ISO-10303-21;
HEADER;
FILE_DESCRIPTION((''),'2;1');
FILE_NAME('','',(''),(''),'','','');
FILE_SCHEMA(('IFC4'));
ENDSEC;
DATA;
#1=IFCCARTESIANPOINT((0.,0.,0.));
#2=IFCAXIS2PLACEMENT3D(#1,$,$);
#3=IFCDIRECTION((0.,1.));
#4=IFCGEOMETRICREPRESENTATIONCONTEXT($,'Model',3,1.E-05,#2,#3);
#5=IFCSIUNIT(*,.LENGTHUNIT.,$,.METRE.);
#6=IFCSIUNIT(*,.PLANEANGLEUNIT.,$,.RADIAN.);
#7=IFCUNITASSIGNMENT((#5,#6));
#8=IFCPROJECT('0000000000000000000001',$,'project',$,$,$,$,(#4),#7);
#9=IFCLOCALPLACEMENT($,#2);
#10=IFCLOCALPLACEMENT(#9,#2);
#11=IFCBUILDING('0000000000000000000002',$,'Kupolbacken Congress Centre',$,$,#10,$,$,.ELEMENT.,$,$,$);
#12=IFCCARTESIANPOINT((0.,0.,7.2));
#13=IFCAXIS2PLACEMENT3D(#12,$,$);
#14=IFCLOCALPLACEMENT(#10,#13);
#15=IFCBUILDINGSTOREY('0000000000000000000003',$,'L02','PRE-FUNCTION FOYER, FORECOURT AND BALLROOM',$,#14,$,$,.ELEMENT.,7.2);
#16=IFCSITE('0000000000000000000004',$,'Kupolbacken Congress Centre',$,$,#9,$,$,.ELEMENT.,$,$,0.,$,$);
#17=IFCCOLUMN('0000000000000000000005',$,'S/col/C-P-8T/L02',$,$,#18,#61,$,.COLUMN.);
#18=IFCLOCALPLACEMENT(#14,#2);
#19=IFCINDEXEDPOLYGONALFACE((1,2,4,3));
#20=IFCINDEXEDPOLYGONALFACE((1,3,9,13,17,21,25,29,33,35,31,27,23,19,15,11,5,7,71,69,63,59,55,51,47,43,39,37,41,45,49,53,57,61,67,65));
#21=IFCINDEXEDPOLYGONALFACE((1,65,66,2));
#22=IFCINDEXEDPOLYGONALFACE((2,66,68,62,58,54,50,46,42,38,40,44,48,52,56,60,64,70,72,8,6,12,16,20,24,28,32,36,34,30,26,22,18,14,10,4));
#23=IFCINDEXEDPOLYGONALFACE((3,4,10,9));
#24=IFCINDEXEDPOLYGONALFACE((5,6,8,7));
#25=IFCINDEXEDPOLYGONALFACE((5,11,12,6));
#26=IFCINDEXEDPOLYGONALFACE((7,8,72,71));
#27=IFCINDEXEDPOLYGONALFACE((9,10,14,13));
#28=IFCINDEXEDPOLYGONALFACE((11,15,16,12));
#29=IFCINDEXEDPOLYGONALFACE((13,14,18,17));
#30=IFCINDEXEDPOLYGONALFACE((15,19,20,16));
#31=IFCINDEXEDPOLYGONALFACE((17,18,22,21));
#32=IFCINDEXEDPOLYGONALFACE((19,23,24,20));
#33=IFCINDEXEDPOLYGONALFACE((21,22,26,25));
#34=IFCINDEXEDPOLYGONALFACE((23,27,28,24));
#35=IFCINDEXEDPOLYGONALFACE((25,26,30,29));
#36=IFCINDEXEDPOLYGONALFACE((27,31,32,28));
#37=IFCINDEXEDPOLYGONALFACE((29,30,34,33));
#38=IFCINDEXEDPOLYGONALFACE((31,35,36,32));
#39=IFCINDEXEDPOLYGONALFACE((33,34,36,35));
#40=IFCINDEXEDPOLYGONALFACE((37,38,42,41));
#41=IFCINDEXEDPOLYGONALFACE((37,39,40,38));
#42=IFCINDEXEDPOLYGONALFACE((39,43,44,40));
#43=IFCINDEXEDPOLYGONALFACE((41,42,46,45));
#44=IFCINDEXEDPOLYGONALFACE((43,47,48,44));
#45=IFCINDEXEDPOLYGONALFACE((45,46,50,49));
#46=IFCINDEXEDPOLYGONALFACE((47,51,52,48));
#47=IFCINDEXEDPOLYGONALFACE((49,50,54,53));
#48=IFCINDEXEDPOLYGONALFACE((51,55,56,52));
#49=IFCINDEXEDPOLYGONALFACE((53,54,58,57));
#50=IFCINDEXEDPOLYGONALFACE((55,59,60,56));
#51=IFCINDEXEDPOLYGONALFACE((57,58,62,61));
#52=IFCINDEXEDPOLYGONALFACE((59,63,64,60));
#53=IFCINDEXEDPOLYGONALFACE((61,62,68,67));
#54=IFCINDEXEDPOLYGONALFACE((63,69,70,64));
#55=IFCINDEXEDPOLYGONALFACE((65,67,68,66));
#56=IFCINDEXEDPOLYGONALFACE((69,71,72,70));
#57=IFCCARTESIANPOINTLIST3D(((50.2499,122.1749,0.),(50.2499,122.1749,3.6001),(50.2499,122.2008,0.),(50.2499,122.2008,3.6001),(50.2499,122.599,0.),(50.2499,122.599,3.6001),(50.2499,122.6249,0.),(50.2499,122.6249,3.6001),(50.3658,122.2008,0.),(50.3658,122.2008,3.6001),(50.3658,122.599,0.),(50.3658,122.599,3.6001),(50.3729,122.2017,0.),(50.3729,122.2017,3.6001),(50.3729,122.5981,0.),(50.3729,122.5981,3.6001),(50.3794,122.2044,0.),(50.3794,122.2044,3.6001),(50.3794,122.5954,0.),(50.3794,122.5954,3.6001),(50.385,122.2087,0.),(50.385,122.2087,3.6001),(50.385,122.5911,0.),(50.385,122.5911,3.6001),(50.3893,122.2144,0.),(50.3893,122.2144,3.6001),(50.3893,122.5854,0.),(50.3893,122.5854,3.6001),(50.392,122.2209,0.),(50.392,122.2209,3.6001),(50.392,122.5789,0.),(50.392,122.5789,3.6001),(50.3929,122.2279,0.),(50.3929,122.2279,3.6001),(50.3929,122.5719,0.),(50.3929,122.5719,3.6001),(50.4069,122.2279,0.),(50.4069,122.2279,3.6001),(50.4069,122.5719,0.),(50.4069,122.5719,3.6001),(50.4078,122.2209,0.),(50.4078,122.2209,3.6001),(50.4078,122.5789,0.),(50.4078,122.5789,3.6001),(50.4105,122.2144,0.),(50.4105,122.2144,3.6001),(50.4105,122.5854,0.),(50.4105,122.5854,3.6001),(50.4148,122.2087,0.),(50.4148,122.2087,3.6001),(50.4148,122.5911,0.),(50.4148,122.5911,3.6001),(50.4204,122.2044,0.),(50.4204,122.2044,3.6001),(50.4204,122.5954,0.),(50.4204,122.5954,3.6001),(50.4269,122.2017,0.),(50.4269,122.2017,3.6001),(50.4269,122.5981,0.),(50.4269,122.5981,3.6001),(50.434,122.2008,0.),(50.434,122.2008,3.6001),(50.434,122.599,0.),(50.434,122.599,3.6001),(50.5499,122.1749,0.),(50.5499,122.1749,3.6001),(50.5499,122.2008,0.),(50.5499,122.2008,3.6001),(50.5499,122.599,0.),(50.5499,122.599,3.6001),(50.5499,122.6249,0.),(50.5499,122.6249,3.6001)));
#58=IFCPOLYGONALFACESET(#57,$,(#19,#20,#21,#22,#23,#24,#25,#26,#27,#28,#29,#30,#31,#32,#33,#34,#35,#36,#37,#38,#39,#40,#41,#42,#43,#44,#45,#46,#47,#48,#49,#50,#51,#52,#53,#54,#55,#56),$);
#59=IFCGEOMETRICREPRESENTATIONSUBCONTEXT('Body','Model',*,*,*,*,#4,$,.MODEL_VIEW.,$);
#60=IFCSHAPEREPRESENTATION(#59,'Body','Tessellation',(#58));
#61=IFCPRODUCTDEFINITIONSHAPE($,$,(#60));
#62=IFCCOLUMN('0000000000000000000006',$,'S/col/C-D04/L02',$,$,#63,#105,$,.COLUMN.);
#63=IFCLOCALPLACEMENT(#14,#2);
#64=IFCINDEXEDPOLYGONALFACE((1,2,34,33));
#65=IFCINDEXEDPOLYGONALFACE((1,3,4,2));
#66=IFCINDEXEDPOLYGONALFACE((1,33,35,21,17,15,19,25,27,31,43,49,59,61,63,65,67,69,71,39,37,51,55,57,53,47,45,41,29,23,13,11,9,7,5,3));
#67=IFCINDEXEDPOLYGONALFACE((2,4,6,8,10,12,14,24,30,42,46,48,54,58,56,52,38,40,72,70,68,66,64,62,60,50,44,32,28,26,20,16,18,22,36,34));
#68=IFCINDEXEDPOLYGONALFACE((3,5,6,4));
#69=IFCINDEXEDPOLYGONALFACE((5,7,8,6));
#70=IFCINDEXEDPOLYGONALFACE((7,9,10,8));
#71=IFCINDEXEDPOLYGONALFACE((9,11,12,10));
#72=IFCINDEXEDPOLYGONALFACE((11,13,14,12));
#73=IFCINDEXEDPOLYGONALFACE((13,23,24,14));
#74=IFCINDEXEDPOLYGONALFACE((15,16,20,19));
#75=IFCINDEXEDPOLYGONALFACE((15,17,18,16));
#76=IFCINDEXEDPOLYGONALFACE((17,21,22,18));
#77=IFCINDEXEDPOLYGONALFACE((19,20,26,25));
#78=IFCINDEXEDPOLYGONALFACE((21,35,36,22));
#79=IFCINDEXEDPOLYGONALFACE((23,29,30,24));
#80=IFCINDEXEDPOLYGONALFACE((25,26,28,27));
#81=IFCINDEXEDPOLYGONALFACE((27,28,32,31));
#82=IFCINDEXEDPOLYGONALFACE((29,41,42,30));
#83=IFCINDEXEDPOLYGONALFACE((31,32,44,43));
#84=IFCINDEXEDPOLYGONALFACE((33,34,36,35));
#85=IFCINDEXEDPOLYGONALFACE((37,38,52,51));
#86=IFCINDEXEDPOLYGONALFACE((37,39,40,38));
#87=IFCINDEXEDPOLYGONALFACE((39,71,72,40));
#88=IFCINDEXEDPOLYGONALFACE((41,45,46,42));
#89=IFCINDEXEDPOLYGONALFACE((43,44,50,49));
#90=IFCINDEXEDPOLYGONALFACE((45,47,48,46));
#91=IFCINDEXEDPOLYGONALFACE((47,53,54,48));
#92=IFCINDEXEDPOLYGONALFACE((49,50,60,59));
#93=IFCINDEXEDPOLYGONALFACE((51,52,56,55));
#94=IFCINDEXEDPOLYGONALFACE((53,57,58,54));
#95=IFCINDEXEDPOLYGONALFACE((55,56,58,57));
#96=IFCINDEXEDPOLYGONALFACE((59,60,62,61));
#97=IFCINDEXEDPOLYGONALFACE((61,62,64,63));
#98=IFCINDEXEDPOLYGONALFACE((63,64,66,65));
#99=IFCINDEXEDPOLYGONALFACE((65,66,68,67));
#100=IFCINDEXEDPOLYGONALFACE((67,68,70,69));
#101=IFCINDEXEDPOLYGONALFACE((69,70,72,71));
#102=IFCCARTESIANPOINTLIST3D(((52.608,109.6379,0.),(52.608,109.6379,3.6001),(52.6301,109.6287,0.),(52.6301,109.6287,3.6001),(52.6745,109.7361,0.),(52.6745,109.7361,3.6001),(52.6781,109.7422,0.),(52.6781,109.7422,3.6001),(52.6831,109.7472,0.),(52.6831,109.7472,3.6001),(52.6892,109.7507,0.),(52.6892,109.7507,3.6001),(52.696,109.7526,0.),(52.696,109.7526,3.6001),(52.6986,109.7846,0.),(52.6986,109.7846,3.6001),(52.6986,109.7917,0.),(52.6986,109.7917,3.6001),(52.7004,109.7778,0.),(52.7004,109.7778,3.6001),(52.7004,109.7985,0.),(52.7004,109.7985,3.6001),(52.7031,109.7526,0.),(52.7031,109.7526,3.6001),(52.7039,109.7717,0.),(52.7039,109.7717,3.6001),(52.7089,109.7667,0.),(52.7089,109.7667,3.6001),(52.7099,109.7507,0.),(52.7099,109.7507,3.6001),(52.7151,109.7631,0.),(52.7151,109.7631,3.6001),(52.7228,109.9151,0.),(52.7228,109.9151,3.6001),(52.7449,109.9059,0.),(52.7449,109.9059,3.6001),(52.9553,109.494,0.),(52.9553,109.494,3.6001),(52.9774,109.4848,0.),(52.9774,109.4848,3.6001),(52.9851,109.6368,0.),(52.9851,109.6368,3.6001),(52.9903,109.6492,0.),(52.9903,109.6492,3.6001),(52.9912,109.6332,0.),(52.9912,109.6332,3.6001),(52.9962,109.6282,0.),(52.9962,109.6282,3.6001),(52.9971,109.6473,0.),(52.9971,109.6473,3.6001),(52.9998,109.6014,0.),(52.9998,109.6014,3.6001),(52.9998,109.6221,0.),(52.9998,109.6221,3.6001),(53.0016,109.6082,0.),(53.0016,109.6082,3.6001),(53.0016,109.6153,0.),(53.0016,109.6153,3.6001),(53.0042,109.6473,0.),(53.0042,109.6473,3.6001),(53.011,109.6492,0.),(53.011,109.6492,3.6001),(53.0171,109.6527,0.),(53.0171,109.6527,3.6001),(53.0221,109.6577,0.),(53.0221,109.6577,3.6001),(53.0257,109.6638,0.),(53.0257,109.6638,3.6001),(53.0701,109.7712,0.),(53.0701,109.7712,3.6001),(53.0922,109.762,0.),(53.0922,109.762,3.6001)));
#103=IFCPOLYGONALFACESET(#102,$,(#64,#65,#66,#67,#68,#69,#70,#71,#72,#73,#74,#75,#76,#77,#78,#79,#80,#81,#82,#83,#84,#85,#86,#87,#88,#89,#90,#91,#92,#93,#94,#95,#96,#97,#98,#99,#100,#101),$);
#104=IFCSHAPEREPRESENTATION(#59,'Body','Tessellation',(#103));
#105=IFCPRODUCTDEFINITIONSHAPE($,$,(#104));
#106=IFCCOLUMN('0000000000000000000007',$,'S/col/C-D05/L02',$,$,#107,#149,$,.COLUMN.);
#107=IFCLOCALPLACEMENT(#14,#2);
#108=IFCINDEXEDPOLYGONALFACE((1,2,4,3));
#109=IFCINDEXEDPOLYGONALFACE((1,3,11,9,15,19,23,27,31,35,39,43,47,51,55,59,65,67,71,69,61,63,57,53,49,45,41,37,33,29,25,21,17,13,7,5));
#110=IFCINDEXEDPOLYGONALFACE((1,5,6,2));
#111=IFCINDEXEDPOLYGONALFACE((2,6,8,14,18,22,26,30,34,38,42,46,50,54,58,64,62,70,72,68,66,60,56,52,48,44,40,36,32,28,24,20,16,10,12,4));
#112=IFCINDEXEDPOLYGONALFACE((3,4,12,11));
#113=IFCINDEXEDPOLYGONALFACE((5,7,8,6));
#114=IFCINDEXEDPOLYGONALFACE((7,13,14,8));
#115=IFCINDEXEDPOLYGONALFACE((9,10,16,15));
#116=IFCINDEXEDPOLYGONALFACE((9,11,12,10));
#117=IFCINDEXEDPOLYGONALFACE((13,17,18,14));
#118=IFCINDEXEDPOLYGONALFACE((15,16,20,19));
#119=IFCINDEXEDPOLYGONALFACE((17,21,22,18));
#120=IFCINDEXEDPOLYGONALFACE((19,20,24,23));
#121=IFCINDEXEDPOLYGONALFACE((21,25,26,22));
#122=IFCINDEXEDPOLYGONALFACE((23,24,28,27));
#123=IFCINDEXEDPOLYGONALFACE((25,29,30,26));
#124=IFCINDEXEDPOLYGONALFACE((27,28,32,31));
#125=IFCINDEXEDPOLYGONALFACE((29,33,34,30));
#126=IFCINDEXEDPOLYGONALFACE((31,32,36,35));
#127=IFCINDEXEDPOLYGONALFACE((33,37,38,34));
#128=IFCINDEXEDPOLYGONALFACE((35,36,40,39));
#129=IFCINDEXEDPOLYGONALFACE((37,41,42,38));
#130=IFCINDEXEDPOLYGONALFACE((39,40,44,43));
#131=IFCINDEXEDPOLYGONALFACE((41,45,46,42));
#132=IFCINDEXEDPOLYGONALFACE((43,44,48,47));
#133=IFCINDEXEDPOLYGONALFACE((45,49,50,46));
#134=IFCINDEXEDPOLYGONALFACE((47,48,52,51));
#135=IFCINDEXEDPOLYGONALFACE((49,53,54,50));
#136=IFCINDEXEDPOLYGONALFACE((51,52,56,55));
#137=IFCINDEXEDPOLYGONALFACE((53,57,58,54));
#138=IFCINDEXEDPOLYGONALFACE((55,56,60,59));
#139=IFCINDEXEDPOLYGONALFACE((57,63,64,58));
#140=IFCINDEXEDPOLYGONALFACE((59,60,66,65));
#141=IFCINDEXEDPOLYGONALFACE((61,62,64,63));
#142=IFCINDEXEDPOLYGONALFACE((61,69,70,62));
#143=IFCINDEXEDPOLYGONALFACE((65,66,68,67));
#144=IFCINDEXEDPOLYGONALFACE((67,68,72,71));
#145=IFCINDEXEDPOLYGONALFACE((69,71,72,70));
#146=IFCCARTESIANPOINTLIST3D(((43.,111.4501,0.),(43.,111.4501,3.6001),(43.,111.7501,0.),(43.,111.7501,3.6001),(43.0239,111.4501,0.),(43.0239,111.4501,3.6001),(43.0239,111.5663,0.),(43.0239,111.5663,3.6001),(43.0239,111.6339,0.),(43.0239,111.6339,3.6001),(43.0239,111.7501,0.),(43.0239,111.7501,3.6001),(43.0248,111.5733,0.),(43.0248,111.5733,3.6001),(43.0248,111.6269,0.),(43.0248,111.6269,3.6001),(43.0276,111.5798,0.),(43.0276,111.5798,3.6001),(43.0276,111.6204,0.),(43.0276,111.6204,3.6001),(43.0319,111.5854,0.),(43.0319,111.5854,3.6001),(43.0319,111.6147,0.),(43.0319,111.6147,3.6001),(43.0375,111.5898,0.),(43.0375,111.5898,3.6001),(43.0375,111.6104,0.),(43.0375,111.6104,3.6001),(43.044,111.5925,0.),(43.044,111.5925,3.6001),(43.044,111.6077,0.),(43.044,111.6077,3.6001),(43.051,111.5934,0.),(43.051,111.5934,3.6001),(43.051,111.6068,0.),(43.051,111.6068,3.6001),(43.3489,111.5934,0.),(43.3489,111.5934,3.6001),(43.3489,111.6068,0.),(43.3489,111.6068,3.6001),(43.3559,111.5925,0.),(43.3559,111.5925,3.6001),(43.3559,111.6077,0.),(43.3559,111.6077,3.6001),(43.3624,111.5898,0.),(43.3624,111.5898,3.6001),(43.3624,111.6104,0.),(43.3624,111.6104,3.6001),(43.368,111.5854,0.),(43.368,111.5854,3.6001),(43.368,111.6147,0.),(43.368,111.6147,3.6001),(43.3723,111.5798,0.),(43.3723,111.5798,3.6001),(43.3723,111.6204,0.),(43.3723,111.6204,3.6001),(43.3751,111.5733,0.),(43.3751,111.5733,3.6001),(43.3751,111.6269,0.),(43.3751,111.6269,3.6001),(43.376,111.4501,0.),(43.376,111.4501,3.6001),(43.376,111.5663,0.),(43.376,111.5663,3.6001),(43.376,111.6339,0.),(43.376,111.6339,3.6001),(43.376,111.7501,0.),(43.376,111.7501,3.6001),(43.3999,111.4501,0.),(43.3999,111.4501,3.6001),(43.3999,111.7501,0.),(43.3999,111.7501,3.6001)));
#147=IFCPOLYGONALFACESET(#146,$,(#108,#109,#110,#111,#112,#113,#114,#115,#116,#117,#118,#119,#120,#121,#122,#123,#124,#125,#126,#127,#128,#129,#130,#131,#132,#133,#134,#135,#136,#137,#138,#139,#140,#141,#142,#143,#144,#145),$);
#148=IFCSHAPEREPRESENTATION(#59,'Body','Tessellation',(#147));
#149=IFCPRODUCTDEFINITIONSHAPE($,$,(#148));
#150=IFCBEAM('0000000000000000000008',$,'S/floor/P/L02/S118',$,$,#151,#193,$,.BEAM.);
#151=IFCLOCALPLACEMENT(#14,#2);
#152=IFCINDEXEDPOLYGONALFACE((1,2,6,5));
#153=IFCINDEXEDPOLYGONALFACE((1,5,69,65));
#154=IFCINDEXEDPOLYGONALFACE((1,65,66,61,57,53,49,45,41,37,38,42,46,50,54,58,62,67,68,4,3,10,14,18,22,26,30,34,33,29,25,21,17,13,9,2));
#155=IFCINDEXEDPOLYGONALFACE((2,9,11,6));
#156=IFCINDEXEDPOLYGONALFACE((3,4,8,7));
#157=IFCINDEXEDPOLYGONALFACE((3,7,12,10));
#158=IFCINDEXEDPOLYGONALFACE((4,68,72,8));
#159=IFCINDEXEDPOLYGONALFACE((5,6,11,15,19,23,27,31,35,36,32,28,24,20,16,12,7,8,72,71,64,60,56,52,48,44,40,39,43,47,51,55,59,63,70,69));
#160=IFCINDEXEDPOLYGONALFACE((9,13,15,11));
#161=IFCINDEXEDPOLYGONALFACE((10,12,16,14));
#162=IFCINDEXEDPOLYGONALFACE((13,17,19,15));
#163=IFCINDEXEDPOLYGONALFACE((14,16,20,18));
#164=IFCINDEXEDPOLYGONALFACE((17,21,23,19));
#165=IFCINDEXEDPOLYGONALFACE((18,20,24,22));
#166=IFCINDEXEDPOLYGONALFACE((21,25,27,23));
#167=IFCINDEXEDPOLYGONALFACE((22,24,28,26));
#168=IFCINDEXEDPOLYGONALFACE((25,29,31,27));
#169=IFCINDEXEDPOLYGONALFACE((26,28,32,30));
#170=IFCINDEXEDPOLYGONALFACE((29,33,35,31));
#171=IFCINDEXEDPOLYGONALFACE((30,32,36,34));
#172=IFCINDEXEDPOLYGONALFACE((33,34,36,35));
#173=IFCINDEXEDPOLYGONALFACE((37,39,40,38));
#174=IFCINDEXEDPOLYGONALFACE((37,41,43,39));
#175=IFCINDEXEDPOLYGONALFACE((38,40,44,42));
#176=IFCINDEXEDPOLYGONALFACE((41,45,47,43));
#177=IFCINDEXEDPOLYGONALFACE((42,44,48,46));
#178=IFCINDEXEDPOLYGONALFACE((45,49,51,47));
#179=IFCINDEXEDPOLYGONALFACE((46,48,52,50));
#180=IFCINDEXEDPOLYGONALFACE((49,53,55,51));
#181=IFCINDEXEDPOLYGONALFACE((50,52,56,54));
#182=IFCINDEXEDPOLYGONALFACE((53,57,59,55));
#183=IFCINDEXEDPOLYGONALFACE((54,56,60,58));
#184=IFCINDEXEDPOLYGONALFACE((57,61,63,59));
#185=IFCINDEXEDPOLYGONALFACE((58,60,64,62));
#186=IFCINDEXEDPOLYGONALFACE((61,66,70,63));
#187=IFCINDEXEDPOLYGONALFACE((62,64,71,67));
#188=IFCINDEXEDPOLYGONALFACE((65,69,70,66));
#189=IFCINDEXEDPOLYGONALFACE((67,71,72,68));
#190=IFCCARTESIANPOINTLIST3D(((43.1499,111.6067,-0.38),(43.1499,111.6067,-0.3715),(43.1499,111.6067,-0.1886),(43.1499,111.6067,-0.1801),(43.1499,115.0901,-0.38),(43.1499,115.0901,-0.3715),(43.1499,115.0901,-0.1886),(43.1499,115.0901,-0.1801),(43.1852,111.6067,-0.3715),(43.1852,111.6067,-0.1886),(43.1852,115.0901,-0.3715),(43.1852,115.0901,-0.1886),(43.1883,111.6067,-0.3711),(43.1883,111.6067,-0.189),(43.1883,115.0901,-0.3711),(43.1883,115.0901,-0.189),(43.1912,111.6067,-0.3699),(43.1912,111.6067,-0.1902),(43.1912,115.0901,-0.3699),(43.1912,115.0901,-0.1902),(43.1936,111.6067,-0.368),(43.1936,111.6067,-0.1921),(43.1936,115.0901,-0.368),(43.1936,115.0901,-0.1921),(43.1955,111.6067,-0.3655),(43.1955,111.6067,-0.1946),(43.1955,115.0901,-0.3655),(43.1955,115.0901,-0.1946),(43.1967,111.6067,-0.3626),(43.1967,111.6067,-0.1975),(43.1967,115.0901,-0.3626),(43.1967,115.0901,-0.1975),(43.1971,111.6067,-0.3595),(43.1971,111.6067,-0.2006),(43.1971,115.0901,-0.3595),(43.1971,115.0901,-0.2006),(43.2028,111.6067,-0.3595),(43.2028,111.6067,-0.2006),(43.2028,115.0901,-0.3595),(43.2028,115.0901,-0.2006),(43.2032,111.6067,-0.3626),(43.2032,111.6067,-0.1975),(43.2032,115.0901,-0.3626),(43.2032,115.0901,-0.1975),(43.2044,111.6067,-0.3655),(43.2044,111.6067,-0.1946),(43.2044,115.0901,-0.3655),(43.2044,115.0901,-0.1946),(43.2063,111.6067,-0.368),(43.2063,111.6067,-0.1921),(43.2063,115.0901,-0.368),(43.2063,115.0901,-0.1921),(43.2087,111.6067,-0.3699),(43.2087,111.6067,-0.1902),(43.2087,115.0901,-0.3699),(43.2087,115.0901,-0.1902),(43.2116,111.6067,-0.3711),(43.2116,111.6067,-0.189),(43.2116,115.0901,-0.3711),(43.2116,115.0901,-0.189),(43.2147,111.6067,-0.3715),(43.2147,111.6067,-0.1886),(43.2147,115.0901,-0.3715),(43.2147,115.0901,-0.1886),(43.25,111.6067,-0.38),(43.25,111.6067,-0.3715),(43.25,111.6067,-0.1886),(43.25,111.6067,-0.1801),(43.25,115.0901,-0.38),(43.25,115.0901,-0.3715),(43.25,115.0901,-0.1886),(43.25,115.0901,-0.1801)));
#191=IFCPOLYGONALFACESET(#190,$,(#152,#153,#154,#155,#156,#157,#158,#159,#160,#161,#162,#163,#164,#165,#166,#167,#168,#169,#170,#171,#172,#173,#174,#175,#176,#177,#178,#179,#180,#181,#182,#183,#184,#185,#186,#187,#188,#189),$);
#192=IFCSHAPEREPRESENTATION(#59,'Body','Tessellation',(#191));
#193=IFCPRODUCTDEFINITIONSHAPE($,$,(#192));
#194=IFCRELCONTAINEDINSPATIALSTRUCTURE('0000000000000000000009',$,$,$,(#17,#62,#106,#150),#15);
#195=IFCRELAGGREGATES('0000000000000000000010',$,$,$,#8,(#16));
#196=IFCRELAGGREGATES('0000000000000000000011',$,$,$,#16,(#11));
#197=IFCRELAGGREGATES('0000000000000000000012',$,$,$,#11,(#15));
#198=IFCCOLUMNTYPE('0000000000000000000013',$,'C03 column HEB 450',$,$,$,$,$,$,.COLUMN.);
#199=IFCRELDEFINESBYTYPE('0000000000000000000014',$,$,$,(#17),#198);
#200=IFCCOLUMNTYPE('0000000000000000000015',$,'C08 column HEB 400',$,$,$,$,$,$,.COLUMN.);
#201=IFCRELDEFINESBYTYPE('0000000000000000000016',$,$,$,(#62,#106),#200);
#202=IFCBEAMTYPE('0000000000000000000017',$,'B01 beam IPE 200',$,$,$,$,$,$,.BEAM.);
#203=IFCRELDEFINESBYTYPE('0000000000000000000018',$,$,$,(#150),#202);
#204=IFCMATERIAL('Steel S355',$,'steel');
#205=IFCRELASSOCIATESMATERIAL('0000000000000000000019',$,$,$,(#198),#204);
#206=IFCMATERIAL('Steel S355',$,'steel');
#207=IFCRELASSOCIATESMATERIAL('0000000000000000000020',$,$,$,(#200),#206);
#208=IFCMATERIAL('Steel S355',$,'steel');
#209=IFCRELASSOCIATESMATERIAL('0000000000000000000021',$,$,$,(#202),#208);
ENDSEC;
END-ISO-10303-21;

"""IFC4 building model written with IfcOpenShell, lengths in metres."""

from ifc_helpers import new_model, si_unit, direction, frame, origin, origin_2d, place, context, subcontext, project, spatial, i_section, extrude, material, material_profile, profile_set, type_object, element, save


model = new_model("IFC4")

# Units and contexts
model_context = context("Model", 3, precision=1e-05, world=origin(), true_north=direction((0.0, 1.0)))
body_context = subcontext(model_context, "Body", "Model", "MODEL_VIEW")
ifc_project = project(units=[si_unit("LENGTHUNIT", "METRE"), si_unit("PLANEANGLEUNIT", "RADIAN")], contexts=[model_context])

# Site, building, storey
site_placement = place(None, origin())
site = spatial("IfcSite", under=ifc_project, at=site_placement, Name="Kupolbacken Congress Centre", CompositionType="ELEMENT", RefElevation=0.0)
building_placement = place(site_placement, origin())
building = spatial("IfcBuilding", under=site, at=building_placement, Name="Kupolbacken Congress Centre", CompositionType="ELEMENT")
storey_placement = place(building_placement, frame((0.0, 0.0, 7.2)))
storey = spatial("IfcBuildingStorey", under=building, at=storey_placement, Name="L02", Description="PRE-FUNCTION FOYER, FORECOURT AND BALLROOM", CompositionType="ELEMENT", Elevation=7.2)

# Columns
ifc_material_1 = material(Name="Steel S355", Category="steel")
ifc_material_profile_1 = material_profile(ifc_material_1, i_section(OverallWidth=0.3, OverallDepth=0.45, WebThickness=0.0139, FlangeThickness=0.0259, FilletRadius=0.0271, at=origin_2d()), Name="HEB 450")
ifc_profile_set_1 = profile_set([ifc_material_profile_1], Name="Steel S355")
column_type_1 = type_object("IfcColumnType", Name="C03 column HEB 450", PredefinedType="COLUMN", material=ifc_profile_set_1)
column_placement = place(storey_placement, frame((50.3999, 122.3999, 0.0), z_axis=(0.0, 0.0, 1.0), x_axis=(1.0, 0.0, 0.0)))
element("IfcColumn", 1, at=column_placement, inside=storey, type_object=column_type_1, Name="S/col/C-P-8T/L02", PredefinedType="COLUMN", context=body_context, shape_type="SweptSolid", body=[
    extrude(i_section(OverallWidth=0.3, OverallDepth=0.45, WebThickness=0.0139, FlangeThickness=0.0259, FilletRadius=0.0271, at=origin_2d()), origin(), (0.0, 0.0, 1.0), 3.6001),
])
ifc_material_2 = material(Name="Steel S355", Category="steel")
ifc_material_profile_2 = material_profile(ifc_material_2, i_section(OverallWidth=0.3, OverallDepth=0.3999, WebThickness=0.0134, FlangeThickness=0.0239, FilletRadius=0.0271, at=origin_2d()), Name="HEB 400")
ifc_profile_set_2 = profile_set([ifc_material_profile_2], Name="Steel S355")
column_type_2 = type_object("IfcColumnType", Name="C08 column HEB 400", PredefinedType="COLUMN", material=ifc_profile_set_2)
for number, where, z_axis, x_axis, name in (
    (2, (52.8501, 109.7, 0.0), (0.0, 0.0, 1.0), (0.382644, 0.923896, 0.0), "S/col/C-D04/L02"),
    (3, (43.2, 111.6001, 0.0), (0.0, 0.0, 1.0), (0.0, 1.0, 0.0), "S/col/C-D05/L02"),
):
    element("IfcColumn", number, at=place(storey_placement, frame(where, z_axis=z_axis, x_axis=x_axis)), inside=storey, type_object=column_type_2, Name=name, PredefinedType="COLUMN", context=body_context, shape_type="SweptSolid", body=[
        extrude(i_section(OverallWidth=0.3, OverallDepth=0.3999, WebThickness=0.0134, FlangeThickness=0.0239, FilletRadius=0.0271, at=origin_2d()), origin(), (0.0, 0.0, 1.0), 3.6001),
    ])

# Beam
ifc_material_3 = material(Name="Steel S355", Category="steel")
ifc_material_profile_3 = material_profile(ifc_material_3, i_section(OverallWidth=0.1001, OverallDepth=0.2, WebThickness=0.0056, FlangeThickness=0.0085, FilletRadius=0.012, at=origin_2d()), Name="IPE 200")
ifc_profile_set_3 = profile_set([ifc_material_profile_3], Name="Steel S355")
beam_type_1 = type_object("IfcBeamType", Name="B01 beam IPE 200", PredefinedType="BEAM", material=ifc_profile_set_3)
beam_1_placement = place(storey_placement, frame((43.2, 111.6067, -0.28), z_axis=(0.0, 1.0, 0.0), x_axis=(-1.0, 0.0, 0.0)))
element("IfcBeam", 4, at=beam_1_placement, inside=storey, type_object=beam_type_1, Name="S/floor/P/L02/S118", PredefinedType="BEAM", context=body_context, shape_type="SweptSolid", body=[
    extrude(i_section(OverallWidth=0.1001, OverallDepth=0.2, WebThickness=0.0056, FlangeThickness=0.0085, FilletRadius=0.012, at=origin_2d()), origin(), (0.0, 0.0, 1.0), 3.4834),
])

save(model, "model.ifc")
